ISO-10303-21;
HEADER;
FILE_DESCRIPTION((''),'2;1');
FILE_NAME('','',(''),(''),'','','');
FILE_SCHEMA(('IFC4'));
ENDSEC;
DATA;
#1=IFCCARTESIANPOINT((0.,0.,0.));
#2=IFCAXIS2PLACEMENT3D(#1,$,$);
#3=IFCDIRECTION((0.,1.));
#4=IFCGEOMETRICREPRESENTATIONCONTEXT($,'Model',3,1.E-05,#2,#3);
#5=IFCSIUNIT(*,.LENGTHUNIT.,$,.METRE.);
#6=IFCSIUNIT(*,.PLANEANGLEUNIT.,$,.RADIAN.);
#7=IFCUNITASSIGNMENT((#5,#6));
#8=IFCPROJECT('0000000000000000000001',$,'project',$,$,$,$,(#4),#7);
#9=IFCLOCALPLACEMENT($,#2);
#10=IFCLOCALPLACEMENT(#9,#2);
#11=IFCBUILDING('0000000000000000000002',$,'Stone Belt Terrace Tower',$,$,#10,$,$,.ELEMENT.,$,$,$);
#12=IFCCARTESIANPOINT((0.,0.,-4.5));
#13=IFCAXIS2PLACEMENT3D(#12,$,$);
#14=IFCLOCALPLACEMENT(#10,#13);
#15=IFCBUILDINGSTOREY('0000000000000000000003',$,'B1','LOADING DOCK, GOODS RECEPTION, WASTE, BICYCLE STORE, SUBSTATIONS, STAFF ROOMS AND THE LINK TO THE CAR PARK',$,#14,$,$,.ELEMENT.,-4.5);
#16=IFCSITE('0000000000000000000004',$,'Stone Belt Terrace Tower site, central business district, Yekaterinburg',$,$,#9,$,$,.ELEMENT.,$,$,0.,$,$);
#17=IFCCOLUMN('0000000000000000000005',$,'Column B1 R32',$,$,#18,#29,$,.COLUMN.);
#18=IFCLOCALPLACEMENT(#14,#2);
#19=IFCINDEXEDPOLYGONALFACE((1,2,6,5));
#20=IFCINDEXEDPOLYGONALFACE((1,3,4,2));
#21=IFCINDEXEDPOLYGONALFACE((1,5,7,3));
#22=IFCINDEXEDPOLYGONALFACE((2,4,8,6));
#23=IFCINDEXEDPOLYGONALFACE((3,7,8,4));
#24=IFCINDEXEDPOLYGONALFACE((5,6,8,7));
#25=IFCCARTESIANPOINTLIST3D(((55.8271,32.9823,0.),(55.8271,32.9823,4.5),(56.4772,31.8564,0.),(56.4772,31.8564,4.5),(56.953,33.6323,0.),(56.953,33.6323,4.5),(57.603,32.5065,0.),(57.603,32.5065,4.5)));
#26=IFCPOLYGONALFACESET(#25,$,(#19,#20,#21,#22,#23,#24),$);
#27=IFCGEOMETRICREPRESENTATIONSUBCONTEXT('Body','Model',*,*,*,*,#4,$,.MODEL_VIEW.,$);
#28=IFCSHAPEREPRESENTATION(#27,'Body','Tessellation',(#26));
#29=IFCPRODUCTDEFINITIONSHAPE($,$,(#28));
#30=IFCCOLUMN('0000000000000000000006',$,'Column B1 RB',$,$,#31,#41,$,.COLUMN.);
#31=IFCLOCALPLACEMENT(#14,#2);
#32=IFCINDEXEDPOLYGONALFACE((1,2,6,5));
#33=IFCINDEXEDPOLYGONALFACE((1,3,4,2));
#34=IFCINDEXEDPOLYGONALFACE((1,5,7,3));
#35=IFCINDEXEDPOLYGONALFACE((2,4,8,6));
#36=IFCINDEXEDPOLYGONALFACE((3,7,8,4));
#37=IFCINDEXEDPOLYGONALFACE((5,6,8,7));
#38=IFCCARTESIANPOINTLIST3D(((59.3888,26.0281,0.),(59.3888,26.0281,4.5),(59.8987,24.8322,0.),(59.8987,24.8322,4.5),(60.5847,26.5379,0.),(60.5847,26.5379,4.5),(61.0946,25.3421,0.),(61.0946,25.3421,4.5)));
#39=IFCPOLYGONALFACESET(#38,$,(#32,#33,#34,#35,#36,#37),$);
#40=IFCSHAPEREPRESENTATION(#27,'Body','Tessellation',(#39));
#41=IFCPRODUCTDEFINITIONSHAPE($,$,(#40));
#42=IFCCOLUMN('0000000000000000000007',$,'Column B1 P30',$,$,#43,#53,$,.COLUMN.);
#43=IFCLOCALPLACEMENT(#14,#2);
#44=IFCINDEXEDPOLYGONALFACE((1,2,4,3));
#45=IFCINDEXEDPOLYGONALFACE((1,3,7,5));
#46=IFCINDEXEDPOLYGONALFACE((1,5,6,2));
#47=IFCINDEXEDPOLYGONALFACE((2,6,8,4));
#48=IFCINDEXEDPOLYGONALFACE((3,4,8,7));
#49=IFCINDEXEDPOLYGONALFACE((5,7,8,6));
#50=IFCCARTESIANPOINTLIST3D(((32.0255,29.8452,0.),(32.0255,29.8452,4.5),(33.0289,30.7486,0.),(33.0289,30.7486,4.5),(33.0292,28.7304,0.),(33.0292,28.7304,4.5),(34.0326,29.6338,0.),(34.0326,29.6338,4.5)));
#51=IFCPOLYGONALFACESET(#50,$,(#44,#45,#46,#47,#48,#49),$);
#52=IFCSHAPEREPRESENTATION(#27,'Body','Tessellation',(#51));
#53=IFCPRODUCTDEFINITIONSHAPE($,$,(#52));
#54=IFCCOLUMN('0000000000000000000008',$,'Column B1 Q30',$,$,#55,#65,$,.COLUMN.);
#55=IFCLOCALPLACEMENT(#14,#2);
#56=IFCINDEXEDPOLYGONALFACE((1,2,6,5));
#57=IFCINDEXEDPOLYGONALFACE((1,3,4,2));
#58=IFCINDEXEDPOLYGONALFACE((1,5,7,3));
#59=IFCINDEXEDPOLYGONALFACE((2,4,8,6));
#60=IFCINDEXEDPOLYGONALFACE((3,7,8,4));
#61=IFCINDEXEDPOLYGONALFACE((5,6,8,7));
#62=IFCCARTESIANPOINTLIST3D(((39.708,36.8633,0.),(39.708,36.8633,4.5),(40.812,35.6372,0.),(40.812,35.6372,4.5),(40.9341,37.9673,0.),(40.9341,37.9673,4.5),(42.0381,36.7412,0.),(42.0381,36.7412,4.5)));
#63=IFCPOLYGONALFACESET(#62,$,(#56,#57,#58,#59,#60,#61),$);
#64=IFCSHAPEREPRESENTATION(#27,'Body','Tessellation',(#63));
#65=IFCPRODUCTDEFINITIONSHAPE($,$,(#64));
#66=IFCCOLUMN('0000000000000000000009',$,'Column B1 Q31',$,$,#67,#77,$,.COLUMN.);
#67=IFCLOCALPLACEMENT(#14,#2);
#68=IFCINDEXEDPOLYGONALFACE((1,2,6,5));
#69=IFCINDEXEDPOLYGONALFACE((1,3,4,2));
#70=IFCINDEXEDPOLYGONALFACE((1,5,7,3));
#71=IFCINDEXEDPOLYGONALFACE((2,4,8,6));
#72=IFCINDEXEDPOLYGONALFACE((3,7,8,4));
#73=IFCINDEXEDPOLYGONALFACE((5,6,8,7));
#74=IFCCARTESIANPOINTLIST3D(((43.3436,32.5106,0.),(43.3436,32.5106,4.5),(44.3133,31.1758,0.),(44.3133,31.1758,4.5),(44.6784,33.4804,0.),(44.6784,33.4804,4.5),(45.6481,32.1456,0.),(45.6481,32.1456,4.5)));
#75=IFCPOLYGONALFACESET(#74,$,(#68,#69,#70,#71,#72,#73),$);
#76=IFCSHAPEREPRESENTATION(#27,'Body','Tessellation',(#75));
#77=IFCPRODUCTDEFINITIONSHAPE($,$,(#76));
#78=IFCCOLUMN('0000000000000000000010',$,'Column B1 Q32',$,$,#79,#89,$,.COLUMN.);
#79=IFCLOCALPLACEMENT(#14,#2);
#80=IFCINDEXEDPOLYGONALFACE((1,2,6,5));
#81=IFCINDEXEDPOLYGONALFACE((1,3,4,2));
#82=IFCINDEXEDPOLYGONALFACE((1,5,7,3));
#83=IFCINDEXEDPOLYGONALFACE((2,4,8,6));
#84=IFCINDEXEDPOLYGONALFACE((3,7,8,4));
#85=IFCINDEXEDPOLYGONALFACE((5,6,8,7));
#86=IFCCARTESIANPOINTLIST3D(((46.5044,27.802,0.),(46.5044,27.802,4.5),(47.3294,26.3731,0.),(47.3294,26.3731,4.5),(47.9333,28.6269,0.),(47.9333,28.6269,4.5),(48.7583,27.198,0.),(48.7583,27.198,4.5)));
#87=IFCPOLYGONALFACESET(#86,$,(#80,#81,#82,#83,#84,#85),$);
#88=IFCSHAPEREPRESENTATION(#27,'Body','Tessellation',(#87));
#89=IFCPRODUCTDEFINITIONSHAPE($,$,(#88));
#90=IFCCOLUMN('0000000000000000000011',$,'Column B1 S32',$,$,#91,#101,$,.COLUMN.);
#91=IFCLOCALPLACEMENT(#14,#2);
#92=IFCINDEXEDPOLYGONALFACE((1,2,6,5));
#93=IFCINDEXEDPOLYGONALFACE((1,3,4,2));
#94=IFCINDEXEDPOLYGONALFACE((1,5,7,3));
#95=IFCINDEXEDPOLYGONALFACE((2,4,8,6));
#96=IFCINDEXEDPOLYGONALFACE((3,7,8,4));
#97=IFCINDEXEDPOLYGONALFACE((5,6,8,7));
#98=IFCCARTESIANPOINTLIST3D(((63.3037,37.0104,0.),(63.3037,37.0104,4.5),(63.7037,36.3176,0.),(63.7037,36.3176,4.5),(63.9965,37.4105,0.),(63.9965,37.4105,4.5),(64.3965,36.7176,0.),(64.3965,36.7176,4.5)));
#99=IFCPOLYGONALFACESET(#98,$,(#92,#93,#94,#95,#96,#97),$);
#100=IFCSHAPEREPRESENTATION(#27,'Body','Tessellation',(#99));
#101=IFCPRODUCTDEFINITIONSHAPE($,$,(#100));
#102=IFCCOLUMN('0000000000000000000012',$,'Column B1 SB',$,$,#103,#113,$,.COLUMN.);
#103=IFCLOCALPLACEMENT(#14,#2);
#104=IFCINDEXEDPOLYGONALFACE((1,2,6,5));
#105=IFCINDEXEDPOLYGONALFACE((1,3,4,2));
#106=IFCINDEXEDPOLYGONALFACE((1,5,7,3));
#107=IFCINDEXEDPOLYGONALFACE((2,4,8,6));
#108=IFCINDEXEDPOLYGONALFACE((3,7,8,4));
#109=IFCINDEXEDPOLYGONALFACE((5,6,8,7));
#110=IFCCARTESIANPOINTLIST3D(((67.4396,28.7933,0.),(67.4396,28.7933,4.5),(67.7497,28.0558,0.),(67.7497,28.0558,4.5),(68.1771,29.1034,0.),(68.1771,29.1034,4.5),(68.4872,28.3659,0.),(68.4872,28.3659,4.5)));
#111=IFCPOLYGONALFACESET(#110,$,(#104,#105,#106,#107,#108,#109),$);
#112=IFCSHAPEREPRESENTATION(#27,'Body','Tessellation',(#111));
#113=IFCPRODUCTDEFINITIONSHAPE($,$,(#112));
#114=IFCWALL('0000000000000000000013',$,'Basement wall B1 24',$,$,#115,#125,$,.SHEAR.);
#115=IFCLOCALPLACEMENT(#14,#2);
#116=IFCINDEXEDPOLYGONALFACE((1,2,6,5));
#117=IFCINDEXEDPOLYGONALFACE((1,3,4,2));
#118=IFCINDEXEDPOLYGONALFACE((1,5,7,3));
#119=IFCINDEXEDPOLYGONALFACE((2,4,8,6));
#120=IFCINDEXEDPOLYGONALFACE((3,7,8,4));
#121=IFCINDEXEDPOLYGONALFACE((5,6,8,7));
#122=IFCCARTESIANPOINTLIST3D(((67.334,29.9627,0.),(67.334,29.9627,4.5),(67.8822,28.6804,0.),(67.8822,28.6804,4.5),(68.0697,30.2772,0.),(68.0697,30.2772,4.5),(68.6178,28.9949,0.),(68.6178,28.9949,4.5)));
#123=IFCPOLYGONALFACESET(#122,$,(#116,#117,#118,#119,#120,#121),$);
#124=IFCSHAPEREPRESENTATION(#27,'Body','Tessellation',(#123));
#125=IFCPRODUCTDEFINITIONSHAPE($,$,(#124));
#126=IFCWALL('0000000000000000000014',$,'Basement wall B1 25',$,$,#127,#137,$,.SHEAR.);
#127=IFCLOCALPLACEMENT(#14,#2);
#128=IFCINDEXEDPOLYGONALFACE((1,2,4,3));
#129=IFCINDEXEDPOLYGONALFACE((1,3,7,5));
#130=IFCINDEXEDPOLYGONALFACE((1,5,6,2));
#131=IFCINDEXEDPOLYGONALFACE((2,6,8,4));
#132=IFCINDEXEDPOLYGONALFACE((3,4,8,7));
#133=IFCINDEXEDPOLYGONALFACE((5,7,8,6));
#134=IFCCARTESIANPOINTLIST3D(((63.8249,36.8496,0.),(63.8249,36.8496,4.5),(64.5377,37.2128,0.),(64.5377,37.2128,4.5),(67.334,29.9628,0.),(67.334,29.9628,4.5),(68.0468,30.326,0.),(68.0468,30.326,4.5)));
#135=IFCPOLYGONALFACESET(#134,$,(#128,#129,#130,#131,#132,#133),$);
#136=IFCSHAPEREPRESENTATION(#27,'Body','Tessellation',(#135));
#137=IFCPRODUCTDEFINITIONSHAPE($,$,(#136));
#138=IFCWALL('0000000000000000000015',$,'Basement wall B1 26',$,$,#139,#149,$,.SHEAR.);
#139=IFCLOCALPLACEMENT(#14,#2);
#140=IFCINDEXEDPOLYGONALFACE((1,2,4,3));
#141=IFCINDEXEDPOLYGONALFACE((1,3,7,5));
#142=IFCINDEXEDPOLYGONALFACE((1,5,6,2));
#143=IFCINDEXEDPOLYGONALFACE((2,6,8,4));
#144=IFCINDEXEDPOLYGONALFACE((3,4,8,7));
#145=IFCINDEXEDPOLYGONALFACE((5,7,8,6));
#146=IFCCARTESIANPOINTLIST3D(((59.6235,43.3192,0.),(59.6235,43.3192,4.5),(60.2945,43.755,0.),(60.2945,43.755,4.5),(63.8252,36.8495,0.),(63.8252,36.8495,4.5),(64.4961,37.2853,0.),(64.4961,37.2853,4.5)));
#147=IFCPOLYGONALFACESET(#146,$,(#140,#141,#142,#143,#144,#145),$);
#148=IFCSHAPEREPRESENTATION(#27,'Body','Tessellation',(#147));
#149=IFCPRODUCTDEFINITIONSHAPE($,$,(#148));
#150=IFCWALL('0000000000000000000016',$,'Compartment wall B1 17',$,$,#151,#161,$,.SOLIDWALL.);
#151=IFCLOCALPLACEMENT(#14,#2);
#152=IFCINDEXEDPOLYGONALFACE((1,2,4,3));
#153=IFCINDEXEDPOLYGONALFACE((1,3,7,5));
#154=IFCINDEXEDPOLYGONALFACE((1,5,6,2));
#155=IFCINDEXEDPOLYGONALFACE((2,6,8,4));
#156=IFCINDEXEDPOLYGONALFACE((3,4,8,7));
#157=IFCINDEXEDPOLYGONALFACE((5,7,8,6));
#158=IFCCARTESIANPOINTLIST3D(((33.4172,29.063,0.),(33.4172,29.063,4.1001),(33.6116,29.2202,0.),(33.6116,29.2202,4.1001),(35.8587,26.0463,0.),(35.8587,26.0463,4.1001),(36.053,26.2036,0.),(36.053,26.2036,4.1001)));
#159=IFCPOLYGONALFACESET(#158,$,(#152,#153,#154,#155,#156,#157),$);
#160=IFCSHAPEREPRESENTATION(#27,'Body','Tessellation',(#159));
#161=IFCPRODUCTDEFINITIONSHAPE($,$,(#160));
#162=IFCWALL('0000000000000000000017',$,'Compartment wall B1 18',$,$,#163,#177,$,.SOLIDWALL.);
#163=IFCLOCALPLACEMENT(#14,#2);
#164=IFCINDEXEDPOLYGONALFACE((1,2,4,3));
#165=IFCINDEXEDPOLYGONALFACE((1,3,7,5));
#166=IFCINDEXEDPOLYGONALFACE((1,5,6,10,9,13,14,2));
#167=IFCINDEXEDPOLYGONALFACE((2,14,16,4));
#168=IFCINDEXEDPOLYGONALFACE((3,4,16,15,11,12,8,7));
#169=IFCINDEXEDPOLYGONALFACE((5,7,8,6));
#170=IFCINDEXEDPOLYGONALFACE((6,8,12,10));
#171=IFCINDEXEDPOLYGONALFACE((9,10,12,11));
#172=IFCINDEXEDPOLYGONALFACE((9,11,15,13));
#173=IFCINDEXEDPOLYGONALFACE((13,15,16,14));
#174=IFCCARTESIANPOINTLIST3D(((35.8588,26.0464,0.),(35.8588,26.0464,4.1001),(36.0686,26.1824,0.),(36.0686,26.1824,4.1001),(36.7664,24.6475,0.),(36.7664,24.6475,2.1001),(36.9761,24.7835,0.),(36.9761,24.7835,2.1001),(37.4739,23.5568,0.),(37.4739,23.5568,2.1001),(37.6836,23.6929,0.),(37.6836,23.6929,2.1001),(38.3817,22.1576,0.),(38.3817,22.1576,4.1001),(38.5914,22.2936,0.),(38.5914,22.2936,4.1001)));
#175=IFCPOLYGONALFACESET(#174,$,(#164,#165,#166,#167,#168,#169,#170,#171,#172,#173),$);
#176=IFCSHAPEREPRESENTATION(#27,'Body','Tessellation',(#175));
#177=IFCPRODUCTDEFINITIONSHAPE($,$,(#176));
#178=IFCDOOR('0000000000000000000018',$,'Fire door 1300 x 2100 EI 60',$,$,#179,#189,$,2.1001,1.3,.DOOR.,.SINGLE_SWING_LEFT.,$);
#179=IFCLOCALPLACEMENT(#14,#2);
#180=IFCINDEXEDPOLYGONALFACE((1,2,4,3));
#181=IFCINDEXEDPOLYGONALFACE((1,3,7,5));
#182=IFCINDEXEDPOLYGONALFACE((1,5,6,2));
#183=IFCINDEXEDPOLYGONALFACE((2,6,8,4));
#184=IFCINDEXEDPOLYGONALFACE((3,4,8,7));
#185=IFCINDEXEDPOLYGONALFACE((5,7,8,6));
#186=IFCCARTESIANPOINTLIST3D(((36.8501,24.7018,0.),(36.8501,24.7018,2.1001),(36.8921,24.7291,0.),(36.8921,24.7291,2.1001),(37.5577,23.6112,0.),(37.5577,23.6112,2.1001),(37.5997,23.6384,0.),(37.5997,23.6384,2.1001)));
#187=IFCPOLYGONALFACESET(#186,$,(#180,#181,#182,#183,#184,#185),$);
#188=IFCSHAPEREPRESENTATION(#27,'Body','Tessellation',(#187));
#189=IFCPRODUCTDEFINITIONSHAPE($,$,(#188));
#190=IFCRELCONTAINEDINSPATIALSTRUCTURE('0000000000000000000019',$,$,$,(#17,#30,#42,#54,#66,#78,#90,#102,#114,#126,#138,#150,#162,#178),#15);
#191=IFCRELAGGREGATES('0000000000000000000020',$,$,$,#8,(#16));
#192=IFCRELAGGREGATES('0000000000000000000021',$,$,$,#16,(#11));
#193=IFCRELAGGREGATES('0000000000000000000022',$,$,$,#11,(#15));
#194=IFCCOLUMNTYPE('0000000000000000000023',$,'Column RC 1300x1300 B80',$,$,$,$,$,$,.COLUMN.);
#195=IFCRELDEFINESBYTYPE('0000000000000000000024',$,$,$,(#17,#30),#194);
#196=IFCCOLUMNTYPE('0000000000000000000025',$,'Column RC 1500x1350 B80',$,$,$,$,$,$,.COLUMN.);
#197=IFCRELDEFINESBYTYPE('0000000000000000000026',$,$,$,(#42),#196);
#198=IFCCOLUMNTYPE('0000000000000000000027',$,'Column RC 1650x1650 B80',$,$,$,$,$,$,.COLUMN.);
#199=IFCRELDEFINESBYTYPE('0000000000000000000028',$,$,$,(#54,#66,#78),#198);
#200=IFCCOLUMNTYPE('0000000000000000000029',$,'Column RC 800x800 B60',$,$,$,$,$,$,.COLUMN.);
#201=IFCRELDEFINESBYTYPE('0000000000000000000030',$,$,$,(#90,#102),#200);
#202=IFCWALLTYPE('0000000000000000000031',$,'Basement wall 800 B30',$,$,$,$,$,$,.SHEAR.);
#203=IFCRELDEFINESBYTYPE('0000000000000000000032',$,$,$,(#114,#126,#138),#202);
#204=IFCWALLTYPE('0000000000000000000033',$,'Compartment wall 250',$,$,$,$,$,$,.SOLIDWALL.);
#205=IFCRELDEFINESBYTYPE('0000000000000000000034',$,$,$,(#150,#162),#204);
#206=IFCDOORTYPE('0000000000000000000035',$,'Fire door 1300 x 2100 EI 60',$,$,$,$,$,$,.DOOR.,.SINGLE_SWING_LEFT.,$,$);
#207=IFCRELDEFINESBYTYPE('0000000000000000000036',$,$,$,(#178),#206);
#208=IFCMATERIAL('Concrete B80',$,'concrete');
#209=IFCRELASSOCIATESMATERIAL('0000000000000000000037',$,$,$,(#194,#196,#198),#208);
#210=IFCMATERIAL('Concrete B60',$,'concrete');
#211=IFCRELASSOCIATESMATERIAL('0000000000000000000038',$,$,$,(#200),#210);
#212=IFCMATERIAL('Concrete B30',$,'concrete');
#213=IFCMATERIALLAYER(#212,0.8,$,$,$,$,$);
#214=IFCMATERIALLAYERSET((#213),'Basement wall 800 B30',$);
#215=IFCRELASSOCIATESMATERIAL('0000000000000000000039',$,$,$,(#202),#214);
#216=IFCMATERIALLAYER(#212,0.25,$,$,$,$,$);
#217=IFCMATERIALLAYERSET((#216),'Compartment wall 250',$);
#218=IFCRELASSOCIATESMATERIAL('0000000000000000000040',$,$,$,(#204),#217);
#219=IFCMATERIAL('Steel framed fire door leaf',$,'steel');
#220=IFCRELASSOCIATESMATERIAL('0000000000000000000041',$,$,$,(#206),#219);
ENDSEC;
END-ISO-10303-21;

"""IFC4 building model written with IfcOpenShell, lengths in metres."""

from ifc_helpers import new_model, si_unit, direction, frame, frame_2d, origin, origin_2d, place, context, subcontext, project, spatial, rectangle, extrude, material, layer, layer_set, material_profile, profile_set, type_object, element, fill, save


model = new_model("IFC4")

# Units and contexts
model_context = context("Model", 3, precision=1e-05, world=origin(), true_north=direction((0.0, 1.0)))
body_context = subcontext(model_context, "Body", "Model", "MODEL_VIEW")
ifc_project = project(units=[si_unit("LENGTHUNIT", "METRE"), si_unit("PLANEANGLEUNIT", "RADIAN")], contexts=[model_context])

# Site, building, storey
site_placement = place(None, origin())
site = spatial("IfcSite", under=ifc_project, at=site_placement, Name="Stone Belt Terrace Tower site, central business district, Yekaterinburg", CompositionType="ELEMENT", RefElevation=0.0)
building_placement = place(site_placement, origin())
building = spatial("IfcBuilding", under=site, at=building_placement, Name="Stone Belt Terrace Tower", CompositionType="ELEMENT")
storey_placement = place(building_placement, frame((0.0, 0.0, -4.5)))
storey = spatial("IfcBuildingStorey", under=building, at=storey_placement, Name="B1", Description="LOADING DOCK, GOODS RECEPTION, WASTE, BICYCLE STORE, SUBSTATIONS, STAFF ROOMS AND THE LINK TO THE CAR PARK", CompositionType="ELEMENT", Elevation=-4.5)

# Columns
ifc_material_1 = material(Name="Concrete B80", Category="concrete")
ifc_material_profile_1 = material_profile(ifc_material_1, rectangle(XDim=1.3, YDim=1.3, at=origin_2d()), Name="RC 1300x1300")
ifc_profile_set_1 = profile_set([ifc_material_profile_1], Name="Concrete B80")
column_type_1 = type_object("IfcColumnType", Name="Column RC 1300x1300 B80", PredefinedType="COLUMN", material=ifc_profile_set_1)
for number, where, z_axis, x_axis, name in (
    (1, (56.7151, 32.7444, 0.0), (0.0, 0.0, 1.0), (0.5, -0.866025, 0.0), "Column B1 R32"),
    (2, (60.2417, 25.6851, 0.0), (0.0, 0.0, 1.0), (0.392204, -0.919878, 0.0), "Column B1 RB"),
):
    element("IfcColumn", number, at=place(storey_placement, frame(where, z_axis=z_axis, x_axis=x_axis)), inside=storey, type_object=column_type_1, Name=name, PredefinedType="COLUMN", context=body_context, shape_type="SweptSolid", body=[
        extrude(rectangle(XDim=1.3, YDim=1.3, at=origin_2d()), origin(), (0.0, 0.0, 1.0), 4.5),
    ])
ifc_material_profile_2 = material_profile(ifc_material_1, rectangle(XDim=1.5, YDim=1.3501, at=origin_2d()), Name="RC 1500x1350")
ifc_profile_set_2 = profile_set([ifc_material_profile_2], Name="Concrete B80")
column_type_2 = type_object("IfcColumnType", Name="Column RC 1500x1350 B80", PredefinedType="COLUMN", material=ifc_profile_set_2)
column_placement = place(storey_placement, frame((33.0291, 29.7395, 0.0), z_axis=(0.0, 0.0, 1.0), x_axis=(0.669131, -0.743145, 0.0)))
element("IfcColumn", 3, at=column_placement, inside=storey, type_object=column_type_2, Name="Column B1 P30", PredefinedType="COLUMN", context=body_context, shape_type="SweptSolid", body=[
    extrude(rectangle(XDim=1.5, YDim=1.3501, at=origin_2d()), origin(), (0.0, 0.0, 1.0), 4.5),
])
ifc_material_profile_3 = material_profile(ifc_material_1, rectangle(XDim=1.6499, YDim=1.6499, at=origin_2d()), Name="RC 1650x1650")
ifc_profile_set_3 = profile_set([ifc_material_profile_3], Name="Concrete B80")
column_type_3 = type_object("IfcColumnType", Name="Column RC 1650x1650 B80", PredefinedType="COLUMN", material=ifc_profile_set_3)
for number, where, z_axis, x_axis, name in (
    (4, (40.873, 36.8022, 0.0), (0.0, 0.0, 1.0), (0.669131, -0.743145, 0.0), "Column B1 Q30"),
    (5, (44.4958, 32.3281, 0.0), (0.0, 0.0, 1.0), (0.587785, -0.809017, 0.0), "Column B1 Q31"),
    (6, (47.6313, 27.5, 0.0), (0.0, 0.0, 1.0), (0.5, -0.866025, 0.0), "Column B1 Q32"),
):
    element("IfcColumn", number, at=place(storey_placement, frame(where, z_axis=z_axis, x_axis=x_axis)), inside=storey, type_object=column_type_3, Name=name, PredefinedType="COLUMN", context=body_context, shape_type="SweptSolid", body=[
        extrude(rectangle(XDim=1.6499, YDim=1.6499, at=origin_2d()), origin(), (0.0, 0.0, 1.0), 4.5),
    ])
ifc_material_2 = material(Name="Concrete B60", Category="concrete")
ifc_material_profile_4 = material_profile(ifc_material_2, rectangle(XDim=0.8, YDim=0.8, at=origin_2d()), Name="RC 800x800")
ifc_profile_set_4 = profile_set([ifc_material_profile_4], Name="Concrete B60")
column_type_4 = type_object("IfcColumnType", Name="Column RC 800x800 B60", PredefinedType="COLUMN", material=ifc_profile_set_4)
for number, where, z_axis, x_axis, name in (
    (7, (63.8501, 36.864, 0.0), (0.0, 0.0, 1.0), (0.5, -0.866025, 0.0), "Column B1 S32"),
    (8, (67.9634, 28.5796, 0.0), (0.0, 0.0, 1.0), (0.387636, -0.921812, 0.0), "Column B1 SB"),
):
    element("IfcColumn", number, at=place(storey_placement, frame(where, z_axis=z_axis, x_axis=x_axis)), inside=storey, type_object=column_type_4, Name=name, PredefinedType="COLUMN", context=body_context, shape_type="SweptSolid", body=[
        extrude(rectangle(XDim=0.8, YDim=0.8, at=origin_2d()), origin(), (0.0, 0.0, 1.0), 4.5),
    ])

# Walls
ifc_material_3 = material(Name="Concrete B30", Category="concrete")
ifc_layer_1 = layer(ifc_material_3, 0.8)
ifc_layer_set_1 = layer_set([ifc_layer_1], Name="Basement wall 800 B30")
wall_type_1 = type_object("IfcWallType", Name="Basement wall 800 B30", PredefinedType="SHEAR", material=ifc_layer_set_1)
wall_1_placement = place(storey_placement, frame((68.25, 28.8376, 0.0), z_axis=(0.0, 0.0, 1.0), x_axis=(-0.393053, 0.919516, 0.0)))
element("IfcWall", 9, at=wall_1_placement, inside=storey, type_object=wall_type_1, Name="Basement wall B1 24", PredefinedType="SHEAR", context=body_context, shape_type="SweptSolid", body=[
    extrude(rectangle(XDim=1.3945, YDim=0.8, at=frame_2d((0.6973, 0.0))), origin(), (0.0, 0.0, 1.0), 4.5),
])
wall_2_placement = place(storey_placement, frame((67.6904, 30.1443, 0.0), z_axis=(0.0, 0.0, 1.0), x_axis=(-0.453998, 0.891003, 0.0)))
element("IfcWall", 10, at=wall_2_placement, inside=storey, type_object=wall_type_1, Name="Basement wall B1 25", PredefinedType="SHEAR", context=body_context, shape_type="SweptSolid", body=[
    extrude(rectangle(XDim=7.7292, YDim=0.8, at=frame_2d((3.8647, 0.0))), origin(), (0.0, 0.0, 1.0), 4.5),
])
wall_3_placement = place(storey_placement, frame((64.1606, 37.0674, 0.0), z_axis=(0.0, 0.0, 1.0), x_axis=(-0.544655, 0.83866, 0.0)))
element("IfcWall", 11, at=wall_3_placement, inside=storey, type_object=wall_type_1, Name="Basement wall B1 26", PredefinedType="SHEAR", context=body_context, shape_type="SweptSolid", body=[
    extrude(rectangle(XDim=7.7144, YDim=0.8, at=frame_2d((3.8572, 0.0))), origin(), (0.0, 0.0, 1.0), 4.5),
])
ifc_layer_2 = layer(ifc_material_3, 0.25)
ifc_layer_set_2 = layer_set([ifc_layer_2], Name="Compartment wall 250")
wall_type_2 = type_object("IfcWallType", Name="Compartment wall 250", PredefinedType="SOLIDWALL", material=ifc_layer_set_2)
wall_4_placement = place(storey_placement, frame((33.5144, 29.1416, 0.0), z_axis=(0.0, 0.0, 1.0), x_axis=(0.629104, -0.777321, 0.0)))
element("IfcWall", 12, at=wall_4_placement, inside=storey, type_object=wall_type_2, Name="Compartment wall B1 17", PredefinedType="SOLIDWALL", context=body_context, shape_type="SweptSolid", body=[
    extrude(rectangle(XDim=3.8809, YDim=0.25, at=frame_2d((1.9404, 0.0))), origin(), (0.0, 0.0, 1.0), 4.1001),
])

# Wall, opening, door
wall_5_placement = place(storey_placement, frame((35.9636, 26.1145, 0.0), z_axis=(0.0, 0.0, 1.0), x_axis=(0.544253, -0.838921, 0.0)))
wall_5 = element("IfcWall", 13, at=wall_5_placement, inside=storey, type_object=wall_type_2, Name="Compartment wall B1 18", PredefinedType="SOLIDWALL", context=body_context, shape_type="SweptSolid", body=[
    extrude(rectangle(XDim=4.6355, YDim=0.25, at=frame_2d((2.3179, 0.0))), origin(), (0.0, 0.0, 1.0), 4.1001),
])
opening_placement = place(wall_5_placement, frame((1.6677, 0.0, 0.0)))
opening = element("IfcOpeningElement", 14, at=opening_placement, cuts=wall_5, PredefinedType="OPENING", context=body_context, shape_type="SweptSolid", body=[
    extrude(rectangle(XDim=1.3, YDim=2.1001, at=frame_2d((0.6499, 1.05))), frame((0.0, 0.135, 0.0), z_axis=(0.0, -1.0, 0.0), x_axis=(1.0, 0.0, 0.0)), (0.0, 0.0, 1.0), 0.27),
])
ifc_material_4 = material(Name="Steel framed fire door leaf", Category="steel")
door_type = type_object("IfcDoorType", Name="Fire door 1300 x 2100 EI 60", OperationType="SINGLE_SWING_LEFT", PredefinedType="DOOR", material=ifc_material_4)
door_placement = place(opening_placement, origin())
door = element("IfcDoor", 15, at=door_placement, inside=storey, type_object=door_type, Name="Fire door 1300 x 2100 EI 60", OperationType="SINGLE_SWING_LEFT", OverallHeight=2.1001, OverallWidth=1.3, PredefinedType="DOOR", context=body_context, shape_type="SweptSolid", body=[
    extrude(rectangle(XDim=1.3, YDim=2.1001, at=frame_2d((0.6499, 1.05))), frame((0.0, 0.0249, 0.0), z_axis=(0.0, -1.0, 0.0), x_axis=(1.0, 0.0, 0.0)), (0.0, 0.0, 1.0), 0.05),
])
fill(opening, door)

save(model, "model.ifc")
